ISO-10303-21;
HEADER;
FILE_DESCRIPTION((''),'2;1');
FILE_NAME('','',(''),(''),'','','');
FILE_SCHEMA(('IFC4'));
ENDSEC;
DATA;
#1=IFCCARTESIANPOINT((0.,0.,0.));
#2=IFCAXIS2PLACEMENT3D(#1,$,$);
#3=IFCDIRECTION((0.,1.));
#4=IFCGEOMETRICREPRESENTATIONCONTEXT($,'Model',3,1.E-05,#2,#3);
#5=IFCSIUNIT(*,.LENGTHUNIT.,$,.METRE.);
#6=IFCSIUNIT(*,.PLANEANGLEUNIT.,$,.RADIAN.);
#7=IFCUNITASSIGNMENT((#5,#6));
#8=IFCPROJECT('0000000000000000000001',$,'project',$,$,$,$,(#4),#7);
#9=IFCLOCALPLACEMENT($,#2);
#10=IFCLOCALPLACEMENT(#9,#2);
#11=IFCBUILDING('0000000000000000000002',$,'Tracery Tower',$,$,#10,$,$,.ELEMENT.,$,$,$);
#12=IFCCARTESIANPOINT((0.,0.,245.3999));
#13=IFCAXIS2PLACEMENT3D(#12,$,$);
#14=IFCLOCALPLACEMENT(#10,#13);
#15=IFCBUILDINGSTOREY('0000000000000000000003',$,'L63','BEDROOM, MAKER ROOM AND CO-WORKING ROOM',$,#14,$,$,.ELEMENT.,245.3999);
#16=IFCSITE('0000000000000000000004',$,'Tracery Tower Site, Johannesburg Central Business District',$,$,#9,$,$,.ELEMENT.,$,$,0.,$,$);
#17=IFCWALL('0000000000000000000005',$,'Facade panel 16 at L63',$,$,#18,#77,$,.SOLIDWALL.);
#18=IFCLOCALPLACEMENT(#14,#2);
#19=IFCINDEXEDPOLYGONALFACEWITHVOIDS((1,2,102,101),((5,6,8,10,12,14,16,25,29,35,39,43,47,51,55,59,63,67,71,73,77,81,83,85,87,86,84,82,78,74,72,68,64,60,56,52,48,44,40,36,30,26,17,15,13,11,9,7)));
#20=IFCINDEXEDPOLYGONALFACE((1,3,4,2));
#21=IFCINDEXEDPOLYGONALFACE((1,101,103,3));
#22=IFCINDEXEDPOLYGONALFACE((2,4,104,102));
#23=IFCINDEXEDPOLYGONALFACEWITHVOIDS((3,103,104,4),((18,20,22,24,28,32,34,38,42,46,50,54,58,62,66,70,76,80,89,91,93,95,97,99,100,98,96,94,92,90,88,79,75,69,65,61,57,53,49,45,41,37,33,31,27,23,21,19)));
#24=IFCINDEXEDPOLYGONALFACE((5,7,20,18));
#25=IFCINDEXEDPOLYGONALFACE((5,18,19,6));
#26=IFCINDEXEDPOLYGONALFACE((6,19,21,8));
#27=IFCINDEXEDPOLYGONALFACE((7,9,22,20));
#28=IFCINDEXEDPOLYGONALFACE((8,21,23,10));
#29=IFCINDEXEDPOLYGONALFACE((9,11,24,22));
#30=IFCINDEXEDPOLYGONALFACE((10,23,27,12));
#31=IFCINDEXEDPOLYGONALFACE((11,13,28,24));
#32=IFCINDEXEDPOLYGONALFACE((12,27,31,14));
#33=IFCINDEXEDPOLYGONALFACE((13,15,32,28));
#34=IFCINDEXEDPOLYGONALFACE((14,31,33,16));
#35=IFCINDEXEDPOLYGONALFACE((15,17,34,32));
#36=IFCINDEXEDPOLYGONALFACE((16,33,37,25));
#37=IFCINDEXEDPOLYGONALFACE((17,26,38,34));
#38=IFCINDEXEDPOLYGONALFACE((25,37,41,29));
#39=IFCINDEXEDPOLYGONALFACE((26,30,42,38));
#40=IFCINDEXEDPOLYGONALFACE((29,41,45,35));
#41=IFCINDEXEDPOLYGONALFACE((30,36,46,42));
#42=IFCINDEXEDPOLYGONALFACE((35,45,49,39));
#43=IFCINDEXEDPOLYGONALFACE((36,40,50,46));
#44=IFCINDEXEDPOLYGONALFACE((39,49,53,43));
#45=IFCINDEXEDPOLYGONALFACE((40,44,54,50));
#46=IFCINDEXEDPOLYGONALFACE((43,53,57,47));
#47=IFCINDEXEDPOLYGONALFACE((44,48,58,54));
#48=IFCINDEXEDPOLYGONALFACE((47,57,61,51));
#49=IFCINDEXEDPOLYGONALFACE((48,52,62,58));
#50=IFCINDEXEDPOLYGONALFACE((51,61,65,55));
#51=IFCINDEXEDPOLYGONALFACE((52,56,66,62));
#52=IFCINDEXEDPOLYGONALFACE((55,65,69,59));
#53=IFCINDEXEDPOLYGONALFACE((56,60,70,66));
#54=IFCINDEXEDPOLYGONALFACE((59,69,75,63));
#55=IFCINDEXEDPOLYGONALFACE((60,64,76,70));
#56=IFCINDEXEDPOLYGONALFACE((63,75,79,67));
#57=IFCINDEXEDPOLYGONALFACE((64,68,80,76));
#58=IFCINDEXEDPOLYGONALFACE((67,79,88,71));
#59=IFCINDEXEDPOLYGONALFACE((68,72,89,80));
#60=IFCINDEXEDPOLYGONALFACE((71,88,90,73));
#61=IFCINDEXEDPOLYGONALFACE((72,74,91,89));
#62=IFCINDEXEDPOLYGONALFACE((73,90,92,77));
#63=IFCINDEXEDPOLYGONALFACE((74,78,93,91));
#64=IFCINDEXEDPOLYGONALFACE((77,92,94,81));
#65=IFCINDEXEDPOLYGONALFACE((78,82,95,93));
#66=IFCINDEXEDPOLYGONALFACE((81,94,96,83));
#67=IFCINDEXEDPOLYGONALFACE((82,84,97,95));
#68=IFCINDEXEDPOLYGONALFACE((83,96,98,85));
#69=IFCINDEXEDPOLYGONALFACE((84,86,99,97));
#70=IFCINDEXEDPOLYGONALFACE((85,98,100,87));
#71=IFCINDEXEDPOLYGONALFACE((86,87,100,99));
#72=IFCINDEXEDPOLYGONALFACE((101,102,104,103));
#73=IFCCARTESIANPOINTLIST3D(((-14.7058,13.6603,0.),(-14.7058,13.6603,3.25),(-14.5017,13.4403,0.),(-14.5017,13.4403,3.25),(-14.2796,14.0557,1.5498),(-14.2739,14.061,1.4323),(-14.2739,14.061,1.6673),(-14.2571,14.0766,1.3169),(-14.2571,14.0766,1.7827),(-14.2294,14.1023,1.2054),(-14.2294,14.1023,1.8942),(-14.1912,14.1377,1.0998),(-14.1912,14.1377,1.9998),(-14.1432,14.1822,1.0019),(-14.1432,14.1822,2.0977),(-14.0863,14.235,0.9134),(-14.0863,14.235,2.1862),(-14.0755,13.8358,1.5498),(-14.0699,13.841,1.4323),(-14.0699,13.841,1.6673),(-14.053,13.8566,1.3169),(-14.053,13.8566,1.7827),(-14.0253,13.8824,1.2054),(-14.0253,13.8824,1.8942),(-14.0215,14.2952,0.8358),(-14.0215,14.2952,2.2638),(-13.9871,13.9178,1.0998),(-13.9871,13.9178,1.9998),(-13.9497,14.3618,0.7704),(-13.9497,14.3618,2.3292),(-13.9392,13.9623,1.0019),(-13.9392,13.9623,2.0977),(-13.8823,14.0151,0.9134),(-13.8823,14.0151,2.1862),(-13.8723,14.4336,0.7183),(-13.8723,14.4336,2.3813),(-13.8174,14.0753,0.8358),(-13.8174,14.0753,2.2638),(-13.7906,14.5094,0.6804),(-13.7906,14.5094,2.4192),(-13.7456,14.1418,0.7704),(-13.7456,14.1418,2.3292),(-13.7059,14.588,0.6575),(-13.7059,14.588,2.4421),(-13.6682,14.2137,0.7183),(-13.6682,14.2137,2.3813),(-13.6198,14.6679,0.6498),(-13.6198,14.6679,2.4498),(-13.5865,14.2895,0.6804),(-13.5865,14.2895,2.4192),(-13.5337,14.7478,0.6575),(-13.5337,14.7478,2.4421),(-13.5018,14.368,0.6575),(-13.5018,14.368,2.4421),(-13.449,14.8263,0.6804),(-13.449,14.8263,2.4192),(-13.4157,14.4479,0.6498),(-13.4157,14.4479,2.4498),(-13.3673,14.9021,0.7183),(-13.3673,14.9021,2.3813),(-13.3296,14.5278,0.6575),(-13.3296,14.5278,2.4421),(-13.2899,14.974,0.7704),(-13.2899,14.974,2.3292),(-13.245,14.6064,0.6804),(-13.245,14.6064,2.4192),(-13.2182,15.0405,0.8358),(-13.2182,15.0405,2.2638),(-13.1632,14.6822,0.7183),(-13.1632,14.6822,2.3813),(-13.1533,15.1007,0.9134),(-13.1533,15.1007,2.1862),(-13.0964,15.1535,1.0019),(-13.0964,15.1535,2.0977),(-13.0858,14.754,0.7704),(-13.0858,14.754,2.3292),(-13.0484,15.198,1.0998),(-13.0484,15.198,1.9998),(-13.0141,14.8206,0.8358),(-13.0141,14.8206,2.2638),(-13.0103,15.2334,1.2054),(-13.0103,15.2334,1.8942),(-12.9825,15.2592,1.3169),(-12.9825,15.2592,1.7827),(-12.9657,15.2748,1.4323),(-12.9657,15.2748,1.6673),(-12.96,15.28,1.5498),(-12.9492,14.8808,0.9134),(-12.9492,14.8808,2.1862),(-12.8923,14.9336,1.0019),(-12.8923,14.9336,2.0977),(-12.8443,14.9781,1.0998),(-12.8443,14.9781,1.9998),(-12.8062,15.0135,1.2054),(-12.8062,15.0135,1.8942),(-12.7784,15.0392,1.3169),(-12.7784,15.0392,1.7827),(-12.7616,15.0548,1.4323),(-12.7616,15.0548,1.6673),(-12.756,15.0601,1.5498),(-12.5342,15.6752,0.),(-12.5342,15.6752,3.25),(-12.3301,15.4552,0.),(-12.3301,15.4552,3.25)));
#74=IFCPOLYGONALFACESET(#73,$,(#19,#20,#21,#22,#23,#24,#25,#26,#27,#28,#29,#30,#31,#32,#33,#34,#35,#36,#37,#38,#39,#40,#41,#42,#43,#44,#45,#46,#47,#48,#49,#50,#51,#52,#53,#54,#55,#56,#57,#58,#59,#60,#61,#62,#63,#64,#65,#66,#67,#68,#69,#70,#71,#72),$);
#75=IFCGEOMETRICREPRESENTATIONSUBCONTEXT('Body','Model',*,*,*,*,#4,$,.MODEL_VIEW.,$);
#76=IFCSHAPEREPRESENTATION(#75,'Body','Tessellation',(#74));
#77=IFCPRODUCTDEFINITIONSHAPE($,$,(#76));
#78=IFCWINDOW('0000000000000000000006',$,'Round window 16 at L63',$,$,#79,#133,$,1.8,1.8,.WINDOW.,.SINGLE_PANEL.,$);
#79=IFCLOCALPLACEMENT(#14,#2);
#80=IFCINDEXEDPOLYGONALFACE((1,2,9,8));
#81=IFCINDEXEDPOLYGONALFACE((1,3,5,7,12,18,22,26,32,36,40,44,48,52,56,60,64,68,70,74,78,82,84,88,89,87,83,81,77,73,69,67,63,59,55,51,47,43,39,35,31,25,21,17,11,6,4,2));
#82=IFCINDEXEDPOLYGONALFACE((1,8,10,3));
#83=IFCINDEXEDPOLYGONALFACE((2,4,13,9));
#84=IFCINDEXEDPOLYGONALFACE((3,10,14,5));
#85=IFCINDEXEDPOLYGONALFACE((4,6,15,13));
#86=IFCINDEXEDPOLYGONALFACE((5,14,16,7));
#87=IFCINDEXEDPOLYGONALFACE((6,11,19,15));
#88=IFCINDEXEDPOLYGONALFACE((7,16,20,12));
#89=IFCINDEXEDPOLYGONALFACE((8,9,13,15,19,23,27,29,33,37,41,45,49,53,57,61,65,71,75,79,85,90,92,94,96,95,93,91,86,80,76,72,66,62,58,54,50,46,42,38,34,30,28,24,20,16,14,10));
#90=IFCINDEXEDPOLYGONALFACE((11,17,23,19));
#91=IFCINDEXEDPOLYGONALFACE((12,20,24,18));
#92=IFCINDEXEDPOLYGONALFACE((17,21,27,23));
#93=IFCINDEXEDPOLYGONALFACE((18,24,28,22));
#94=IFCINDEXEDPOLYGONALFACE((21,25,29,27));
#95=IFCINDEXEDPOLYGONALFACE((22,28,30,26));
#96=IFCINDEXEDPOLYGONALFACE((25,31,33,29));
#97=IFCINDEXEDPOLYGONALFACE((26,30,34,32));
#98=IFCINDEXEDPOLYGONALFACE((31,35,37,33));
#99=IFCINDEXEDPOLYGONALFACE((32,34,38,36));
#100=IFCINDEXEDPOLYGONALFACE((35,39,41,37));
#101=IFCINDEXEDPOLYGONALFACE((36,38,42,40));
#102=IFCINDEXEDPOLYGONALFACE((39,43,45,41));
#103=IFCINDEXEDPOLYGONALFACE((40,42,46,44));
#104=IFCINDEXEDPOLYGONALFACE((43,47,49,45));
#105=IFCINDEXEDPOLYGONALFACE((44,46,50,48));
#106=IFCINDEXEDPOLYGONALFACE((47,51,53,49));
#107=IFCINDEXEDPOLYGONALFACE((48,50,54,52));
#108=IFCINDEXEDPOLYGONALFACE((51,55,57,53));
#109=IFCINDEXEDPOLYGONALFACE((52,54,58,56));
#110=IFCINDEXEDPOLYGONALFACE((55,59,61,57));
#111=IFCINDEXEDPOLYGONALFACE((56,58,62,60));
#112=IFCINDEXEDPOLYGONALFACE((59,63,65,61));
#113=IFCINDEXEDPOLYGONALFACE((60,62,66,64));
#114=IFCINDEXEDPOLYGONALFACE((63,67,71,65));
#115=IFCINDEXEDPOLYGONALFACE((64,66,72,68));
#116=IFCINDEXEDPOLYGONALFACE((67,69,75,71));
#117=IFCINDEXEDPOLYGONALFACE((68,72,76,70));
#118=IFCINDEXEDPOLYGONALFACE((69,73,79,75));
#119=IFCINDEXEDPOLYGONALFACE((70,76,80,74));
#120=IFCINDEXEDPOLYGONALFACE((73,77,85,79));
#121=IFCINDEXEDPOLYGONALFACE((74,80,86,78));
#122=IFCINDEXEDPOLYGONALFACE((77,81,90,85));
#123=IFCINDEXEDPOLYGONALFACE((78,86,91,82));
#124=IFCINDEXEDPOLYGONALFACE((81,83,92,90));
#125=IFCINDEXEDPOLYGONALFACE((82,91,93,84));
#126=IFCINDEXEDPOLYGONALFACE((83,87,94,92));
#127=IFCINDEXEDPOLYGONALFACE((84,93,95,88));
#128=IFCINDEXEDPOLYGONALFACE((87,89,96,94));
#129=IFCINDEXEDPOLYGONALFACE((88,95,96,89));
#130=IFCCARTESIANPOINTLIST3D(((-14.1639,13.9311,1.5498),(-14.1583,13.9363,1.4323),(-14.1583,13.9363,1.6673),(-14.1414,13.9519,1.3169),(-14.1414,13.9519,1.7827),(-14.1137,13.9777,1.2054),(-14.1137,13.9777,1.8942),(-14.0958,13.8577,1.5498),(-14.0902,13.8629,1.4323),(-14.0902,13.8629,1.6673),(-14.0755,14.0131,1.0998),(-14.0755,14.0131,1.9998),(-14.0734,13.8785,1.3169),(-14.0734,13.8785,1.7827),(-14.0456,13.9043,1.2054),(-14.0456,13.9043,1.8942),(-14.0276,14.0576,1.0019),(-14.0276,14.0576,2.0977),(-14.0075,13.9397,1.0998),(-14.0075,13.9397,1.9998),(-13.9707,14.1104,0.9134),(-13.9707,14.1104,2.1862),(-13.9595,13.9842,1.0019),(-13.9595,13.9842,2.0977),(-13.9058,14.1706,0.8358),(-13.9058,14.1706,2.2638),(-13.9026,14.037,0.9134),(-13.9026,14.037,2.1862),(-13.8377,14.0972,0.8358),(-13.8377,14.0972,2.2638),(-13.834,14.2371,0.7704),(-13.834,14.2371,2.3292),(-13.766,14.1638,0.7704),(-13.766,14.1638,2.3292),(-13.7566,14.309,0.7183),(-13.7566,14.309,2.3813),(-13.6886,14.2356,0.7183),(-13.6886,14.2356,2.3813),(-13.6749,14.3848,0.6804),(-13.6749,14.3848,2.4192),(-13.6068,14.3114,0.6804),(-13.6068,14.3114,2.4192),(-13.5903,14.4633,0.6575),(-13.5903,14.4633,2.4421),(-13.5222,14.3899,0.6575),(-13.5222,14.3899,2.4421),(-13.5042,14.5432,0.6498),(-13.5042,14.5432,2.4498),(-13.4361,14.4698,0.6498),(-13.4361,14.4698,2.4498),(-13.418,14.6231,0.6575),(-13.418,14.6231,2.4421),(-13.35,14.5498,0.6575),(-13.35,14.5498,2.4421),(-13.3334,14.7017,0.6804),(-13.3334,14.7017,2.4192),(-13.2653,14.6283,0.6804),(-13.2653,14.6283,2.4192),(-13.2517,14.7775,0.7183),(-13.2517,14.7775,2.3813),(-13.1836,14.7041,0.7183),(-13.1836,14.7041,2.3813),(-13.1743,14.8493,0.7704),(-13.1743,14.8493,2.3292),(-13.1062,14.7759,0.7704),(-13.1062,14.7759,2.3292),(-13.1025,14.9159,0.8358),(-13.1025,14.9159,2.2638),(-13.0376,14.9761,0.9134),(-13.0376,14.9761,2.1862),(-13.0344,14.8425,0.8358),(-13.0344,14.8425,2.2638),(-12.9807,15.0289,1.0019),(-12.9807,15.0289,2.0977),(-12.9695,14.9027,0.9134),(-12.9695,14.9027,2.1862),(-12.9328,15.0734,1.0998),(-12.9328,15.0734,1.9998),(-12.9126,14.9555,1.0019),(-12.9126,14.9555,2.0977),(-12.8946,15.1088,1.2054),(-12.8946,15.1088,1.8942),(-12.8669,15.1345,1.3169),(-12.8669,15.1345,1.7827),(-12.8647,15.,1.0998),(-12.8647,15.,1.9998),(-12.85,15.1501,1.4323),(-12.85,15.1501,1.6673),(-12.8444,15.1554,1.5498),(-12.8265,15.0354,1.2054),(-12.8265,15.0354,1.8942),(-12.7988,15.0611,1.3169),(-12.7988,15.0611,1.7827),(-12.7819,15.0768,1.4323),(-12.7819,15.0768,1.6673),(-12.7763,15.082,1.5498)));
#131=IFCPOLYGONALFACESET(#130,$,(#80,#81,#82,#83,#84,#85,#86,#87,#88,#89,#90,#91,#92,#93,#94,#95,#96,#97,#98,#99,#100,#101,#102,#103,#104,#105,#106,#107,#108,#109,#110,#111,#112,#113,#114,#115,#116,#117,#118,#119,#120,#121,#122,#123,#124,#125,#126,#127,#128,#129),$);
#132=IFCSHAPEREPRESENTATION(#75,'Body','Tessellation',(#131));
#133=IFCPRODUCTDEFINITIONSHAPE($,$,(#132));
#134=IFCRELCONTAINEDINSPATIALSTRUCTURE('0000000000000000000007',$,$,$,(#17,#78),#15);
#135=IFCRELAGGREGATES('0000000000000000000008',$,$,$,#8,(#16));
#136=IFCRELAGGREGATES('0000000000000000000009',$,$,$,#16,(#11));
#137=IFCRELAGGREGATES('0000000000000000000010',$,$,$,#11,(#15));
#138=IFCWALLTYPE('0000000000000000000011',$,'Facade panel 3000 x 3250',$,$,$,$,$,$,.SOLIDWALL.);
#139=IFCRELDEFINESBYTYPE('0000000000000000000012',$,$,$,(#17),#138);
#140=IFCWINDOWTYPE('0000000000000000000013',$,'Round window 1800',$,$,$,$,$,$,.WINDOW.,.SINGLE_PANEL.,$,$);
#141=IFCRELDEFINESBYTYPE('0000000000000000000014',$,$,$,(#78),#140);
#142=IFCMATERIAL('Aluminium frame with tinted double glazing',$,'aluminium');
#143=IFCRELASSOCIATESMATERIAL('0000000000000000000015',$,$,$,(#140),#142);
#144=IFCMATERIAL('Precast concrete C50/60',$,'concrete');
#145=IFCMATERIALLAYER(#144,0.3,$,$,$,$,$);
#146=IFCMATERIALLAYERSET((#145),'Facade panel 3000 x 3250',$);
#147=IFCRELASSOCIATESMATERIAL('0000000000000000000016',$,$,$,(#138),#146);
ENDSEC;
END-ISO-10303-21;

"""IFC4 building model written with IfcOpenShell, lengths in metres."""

from ifc_helpers import new_model, si_unit, direction, frame, frame_2d, origin, origin_2d, place, context, subcontext, project, spatial, rectangle, circle, extrude, material, layer, layer_set, type_object, element, fill, save


model = new_model("IFC4")

# Units and contexts
model_context = context("Model", 3, precision=1e-05, world=origin(), true_north=direction((0.0, 1.0)))
body_context = subcontext(model_context, "Body", "Model", "MODEL_VIEW")
ifc_project = project(units=[si_unit("LENGTHUNIT", "METRE"), si_unit("PLANEANGLEUNIT", "RADIAN")], contexts=[model_context])

# Site, building, storey
site_placement = place(None, origin())
site = spatial("IfcSite", under=ifc_project, at=site_placement, Name="Tracery Tower Site, Johannesburg Central Business District", CompositionType="ELEMENT", RefElevation=0.0)
building_placement = place(site_placement, origin())
building = spatial("IfcBuilding", under=site, at=building_placement, Name="Tracery Tower", CompositionType="ELEMENT")
storey_placement = place(building_placement, frame((0.0, 0.0, 245.3999)))
storey = spatial("IfcBuildingStorey", under=building, at=storey_placement, Name="L63", Description="BEDROOM, MAKER ROOM AND CO-WORKING ROOM", CompositionType="ELEMENT", Elevation=245.3999)

# Wall, opening, window
ifc_material_1 = material(Name="Aluminium frame with tinted double glazing", Category="aluminium")
window_type = type_object("IfcWindowType", Name="Round window 1800", PartitioningType="SINGLE_PANEL", PredefinedType="WINDOW", material=ifc_material_1)
ifc_material_2 = material(Name="Precast concrete C50/60", Category="concrete")
ifc_layer_1 = layer(ifc_material_2, 0.3)
ifc_layer_set_1 = layer_set([ifc_layer_1], Name="Facade panel 3000 x 3250")
wall_type_1 = type_object("IfcWallType", Name="Facade panel 3000 x 3250", PredefinedType="SOLIDWALL", material=ifc_layer_set_1)
wall_1_placement = place(storey_placement, frame((-12.4321, 15.5652, 0.0), z_axis=(0.0, 0.0, 1.0), x_axis=(-0.733066, -0.680157, 0.0)))
wall_1 = element("IfcWall", 1, at=wall_1_placement, inside=storey, type_object=wall_type_1, Name="Facade panel 16 at L63", PredefinedType="SOLIDWALL", context=body_context, shape_type="SweptSolid", body=[
    extrude(rectangle(XDim=2.9624, YDim=0.3, at=frame_2d((1.4812, 0.0))), origin(), (0.0, 0.0, 1.0), 3.25),
])
opening_1_placement = place(wall_1_placement, frame((1.481, 0.0, 1.5498)))
opening_1 = element("IfcOpeningElement", 2, at=opening_1_placement, cuts=wall_1, PredefinedType="OPENING", context=body_context, shape_type="SweptSolid", body=[
    extrude(circle(Radius=0.9, at=origin_2d()), frame((0.0, 0.1599, 0.0), z_axis=(0.0, -1.0, 0.0), x_axis=(1.0, 0.0, 0.0)), (0.0, 0.0, 1.0), 0.3201),
])
window_1_placement = place(opening_1_placement, origin())
window_1 = element("IfcWindow", 3, at=window_1_placement, inside=storey, type_object=window_type, Name="Round window 16 at L63", OverallHeight=1.8, OverallWidth=1.8, PartitioningType="SINGLE_PANEL", PredefinedType="WINDOW", context=body_context, shape_type="SweptSolid", body=[
    extrude(circle(Radius=0.9, at=origin_2d()), frame((0.0, 0.1201, 0.0), z_axis=(0.0, -1.0, 0.0), x_axis=(1.0, 0.0, 0.0)), (0.0, 0.0, 1.0), 0.1001),
])
fill(opening_1, window_1)

save(model, "model.ifc")
